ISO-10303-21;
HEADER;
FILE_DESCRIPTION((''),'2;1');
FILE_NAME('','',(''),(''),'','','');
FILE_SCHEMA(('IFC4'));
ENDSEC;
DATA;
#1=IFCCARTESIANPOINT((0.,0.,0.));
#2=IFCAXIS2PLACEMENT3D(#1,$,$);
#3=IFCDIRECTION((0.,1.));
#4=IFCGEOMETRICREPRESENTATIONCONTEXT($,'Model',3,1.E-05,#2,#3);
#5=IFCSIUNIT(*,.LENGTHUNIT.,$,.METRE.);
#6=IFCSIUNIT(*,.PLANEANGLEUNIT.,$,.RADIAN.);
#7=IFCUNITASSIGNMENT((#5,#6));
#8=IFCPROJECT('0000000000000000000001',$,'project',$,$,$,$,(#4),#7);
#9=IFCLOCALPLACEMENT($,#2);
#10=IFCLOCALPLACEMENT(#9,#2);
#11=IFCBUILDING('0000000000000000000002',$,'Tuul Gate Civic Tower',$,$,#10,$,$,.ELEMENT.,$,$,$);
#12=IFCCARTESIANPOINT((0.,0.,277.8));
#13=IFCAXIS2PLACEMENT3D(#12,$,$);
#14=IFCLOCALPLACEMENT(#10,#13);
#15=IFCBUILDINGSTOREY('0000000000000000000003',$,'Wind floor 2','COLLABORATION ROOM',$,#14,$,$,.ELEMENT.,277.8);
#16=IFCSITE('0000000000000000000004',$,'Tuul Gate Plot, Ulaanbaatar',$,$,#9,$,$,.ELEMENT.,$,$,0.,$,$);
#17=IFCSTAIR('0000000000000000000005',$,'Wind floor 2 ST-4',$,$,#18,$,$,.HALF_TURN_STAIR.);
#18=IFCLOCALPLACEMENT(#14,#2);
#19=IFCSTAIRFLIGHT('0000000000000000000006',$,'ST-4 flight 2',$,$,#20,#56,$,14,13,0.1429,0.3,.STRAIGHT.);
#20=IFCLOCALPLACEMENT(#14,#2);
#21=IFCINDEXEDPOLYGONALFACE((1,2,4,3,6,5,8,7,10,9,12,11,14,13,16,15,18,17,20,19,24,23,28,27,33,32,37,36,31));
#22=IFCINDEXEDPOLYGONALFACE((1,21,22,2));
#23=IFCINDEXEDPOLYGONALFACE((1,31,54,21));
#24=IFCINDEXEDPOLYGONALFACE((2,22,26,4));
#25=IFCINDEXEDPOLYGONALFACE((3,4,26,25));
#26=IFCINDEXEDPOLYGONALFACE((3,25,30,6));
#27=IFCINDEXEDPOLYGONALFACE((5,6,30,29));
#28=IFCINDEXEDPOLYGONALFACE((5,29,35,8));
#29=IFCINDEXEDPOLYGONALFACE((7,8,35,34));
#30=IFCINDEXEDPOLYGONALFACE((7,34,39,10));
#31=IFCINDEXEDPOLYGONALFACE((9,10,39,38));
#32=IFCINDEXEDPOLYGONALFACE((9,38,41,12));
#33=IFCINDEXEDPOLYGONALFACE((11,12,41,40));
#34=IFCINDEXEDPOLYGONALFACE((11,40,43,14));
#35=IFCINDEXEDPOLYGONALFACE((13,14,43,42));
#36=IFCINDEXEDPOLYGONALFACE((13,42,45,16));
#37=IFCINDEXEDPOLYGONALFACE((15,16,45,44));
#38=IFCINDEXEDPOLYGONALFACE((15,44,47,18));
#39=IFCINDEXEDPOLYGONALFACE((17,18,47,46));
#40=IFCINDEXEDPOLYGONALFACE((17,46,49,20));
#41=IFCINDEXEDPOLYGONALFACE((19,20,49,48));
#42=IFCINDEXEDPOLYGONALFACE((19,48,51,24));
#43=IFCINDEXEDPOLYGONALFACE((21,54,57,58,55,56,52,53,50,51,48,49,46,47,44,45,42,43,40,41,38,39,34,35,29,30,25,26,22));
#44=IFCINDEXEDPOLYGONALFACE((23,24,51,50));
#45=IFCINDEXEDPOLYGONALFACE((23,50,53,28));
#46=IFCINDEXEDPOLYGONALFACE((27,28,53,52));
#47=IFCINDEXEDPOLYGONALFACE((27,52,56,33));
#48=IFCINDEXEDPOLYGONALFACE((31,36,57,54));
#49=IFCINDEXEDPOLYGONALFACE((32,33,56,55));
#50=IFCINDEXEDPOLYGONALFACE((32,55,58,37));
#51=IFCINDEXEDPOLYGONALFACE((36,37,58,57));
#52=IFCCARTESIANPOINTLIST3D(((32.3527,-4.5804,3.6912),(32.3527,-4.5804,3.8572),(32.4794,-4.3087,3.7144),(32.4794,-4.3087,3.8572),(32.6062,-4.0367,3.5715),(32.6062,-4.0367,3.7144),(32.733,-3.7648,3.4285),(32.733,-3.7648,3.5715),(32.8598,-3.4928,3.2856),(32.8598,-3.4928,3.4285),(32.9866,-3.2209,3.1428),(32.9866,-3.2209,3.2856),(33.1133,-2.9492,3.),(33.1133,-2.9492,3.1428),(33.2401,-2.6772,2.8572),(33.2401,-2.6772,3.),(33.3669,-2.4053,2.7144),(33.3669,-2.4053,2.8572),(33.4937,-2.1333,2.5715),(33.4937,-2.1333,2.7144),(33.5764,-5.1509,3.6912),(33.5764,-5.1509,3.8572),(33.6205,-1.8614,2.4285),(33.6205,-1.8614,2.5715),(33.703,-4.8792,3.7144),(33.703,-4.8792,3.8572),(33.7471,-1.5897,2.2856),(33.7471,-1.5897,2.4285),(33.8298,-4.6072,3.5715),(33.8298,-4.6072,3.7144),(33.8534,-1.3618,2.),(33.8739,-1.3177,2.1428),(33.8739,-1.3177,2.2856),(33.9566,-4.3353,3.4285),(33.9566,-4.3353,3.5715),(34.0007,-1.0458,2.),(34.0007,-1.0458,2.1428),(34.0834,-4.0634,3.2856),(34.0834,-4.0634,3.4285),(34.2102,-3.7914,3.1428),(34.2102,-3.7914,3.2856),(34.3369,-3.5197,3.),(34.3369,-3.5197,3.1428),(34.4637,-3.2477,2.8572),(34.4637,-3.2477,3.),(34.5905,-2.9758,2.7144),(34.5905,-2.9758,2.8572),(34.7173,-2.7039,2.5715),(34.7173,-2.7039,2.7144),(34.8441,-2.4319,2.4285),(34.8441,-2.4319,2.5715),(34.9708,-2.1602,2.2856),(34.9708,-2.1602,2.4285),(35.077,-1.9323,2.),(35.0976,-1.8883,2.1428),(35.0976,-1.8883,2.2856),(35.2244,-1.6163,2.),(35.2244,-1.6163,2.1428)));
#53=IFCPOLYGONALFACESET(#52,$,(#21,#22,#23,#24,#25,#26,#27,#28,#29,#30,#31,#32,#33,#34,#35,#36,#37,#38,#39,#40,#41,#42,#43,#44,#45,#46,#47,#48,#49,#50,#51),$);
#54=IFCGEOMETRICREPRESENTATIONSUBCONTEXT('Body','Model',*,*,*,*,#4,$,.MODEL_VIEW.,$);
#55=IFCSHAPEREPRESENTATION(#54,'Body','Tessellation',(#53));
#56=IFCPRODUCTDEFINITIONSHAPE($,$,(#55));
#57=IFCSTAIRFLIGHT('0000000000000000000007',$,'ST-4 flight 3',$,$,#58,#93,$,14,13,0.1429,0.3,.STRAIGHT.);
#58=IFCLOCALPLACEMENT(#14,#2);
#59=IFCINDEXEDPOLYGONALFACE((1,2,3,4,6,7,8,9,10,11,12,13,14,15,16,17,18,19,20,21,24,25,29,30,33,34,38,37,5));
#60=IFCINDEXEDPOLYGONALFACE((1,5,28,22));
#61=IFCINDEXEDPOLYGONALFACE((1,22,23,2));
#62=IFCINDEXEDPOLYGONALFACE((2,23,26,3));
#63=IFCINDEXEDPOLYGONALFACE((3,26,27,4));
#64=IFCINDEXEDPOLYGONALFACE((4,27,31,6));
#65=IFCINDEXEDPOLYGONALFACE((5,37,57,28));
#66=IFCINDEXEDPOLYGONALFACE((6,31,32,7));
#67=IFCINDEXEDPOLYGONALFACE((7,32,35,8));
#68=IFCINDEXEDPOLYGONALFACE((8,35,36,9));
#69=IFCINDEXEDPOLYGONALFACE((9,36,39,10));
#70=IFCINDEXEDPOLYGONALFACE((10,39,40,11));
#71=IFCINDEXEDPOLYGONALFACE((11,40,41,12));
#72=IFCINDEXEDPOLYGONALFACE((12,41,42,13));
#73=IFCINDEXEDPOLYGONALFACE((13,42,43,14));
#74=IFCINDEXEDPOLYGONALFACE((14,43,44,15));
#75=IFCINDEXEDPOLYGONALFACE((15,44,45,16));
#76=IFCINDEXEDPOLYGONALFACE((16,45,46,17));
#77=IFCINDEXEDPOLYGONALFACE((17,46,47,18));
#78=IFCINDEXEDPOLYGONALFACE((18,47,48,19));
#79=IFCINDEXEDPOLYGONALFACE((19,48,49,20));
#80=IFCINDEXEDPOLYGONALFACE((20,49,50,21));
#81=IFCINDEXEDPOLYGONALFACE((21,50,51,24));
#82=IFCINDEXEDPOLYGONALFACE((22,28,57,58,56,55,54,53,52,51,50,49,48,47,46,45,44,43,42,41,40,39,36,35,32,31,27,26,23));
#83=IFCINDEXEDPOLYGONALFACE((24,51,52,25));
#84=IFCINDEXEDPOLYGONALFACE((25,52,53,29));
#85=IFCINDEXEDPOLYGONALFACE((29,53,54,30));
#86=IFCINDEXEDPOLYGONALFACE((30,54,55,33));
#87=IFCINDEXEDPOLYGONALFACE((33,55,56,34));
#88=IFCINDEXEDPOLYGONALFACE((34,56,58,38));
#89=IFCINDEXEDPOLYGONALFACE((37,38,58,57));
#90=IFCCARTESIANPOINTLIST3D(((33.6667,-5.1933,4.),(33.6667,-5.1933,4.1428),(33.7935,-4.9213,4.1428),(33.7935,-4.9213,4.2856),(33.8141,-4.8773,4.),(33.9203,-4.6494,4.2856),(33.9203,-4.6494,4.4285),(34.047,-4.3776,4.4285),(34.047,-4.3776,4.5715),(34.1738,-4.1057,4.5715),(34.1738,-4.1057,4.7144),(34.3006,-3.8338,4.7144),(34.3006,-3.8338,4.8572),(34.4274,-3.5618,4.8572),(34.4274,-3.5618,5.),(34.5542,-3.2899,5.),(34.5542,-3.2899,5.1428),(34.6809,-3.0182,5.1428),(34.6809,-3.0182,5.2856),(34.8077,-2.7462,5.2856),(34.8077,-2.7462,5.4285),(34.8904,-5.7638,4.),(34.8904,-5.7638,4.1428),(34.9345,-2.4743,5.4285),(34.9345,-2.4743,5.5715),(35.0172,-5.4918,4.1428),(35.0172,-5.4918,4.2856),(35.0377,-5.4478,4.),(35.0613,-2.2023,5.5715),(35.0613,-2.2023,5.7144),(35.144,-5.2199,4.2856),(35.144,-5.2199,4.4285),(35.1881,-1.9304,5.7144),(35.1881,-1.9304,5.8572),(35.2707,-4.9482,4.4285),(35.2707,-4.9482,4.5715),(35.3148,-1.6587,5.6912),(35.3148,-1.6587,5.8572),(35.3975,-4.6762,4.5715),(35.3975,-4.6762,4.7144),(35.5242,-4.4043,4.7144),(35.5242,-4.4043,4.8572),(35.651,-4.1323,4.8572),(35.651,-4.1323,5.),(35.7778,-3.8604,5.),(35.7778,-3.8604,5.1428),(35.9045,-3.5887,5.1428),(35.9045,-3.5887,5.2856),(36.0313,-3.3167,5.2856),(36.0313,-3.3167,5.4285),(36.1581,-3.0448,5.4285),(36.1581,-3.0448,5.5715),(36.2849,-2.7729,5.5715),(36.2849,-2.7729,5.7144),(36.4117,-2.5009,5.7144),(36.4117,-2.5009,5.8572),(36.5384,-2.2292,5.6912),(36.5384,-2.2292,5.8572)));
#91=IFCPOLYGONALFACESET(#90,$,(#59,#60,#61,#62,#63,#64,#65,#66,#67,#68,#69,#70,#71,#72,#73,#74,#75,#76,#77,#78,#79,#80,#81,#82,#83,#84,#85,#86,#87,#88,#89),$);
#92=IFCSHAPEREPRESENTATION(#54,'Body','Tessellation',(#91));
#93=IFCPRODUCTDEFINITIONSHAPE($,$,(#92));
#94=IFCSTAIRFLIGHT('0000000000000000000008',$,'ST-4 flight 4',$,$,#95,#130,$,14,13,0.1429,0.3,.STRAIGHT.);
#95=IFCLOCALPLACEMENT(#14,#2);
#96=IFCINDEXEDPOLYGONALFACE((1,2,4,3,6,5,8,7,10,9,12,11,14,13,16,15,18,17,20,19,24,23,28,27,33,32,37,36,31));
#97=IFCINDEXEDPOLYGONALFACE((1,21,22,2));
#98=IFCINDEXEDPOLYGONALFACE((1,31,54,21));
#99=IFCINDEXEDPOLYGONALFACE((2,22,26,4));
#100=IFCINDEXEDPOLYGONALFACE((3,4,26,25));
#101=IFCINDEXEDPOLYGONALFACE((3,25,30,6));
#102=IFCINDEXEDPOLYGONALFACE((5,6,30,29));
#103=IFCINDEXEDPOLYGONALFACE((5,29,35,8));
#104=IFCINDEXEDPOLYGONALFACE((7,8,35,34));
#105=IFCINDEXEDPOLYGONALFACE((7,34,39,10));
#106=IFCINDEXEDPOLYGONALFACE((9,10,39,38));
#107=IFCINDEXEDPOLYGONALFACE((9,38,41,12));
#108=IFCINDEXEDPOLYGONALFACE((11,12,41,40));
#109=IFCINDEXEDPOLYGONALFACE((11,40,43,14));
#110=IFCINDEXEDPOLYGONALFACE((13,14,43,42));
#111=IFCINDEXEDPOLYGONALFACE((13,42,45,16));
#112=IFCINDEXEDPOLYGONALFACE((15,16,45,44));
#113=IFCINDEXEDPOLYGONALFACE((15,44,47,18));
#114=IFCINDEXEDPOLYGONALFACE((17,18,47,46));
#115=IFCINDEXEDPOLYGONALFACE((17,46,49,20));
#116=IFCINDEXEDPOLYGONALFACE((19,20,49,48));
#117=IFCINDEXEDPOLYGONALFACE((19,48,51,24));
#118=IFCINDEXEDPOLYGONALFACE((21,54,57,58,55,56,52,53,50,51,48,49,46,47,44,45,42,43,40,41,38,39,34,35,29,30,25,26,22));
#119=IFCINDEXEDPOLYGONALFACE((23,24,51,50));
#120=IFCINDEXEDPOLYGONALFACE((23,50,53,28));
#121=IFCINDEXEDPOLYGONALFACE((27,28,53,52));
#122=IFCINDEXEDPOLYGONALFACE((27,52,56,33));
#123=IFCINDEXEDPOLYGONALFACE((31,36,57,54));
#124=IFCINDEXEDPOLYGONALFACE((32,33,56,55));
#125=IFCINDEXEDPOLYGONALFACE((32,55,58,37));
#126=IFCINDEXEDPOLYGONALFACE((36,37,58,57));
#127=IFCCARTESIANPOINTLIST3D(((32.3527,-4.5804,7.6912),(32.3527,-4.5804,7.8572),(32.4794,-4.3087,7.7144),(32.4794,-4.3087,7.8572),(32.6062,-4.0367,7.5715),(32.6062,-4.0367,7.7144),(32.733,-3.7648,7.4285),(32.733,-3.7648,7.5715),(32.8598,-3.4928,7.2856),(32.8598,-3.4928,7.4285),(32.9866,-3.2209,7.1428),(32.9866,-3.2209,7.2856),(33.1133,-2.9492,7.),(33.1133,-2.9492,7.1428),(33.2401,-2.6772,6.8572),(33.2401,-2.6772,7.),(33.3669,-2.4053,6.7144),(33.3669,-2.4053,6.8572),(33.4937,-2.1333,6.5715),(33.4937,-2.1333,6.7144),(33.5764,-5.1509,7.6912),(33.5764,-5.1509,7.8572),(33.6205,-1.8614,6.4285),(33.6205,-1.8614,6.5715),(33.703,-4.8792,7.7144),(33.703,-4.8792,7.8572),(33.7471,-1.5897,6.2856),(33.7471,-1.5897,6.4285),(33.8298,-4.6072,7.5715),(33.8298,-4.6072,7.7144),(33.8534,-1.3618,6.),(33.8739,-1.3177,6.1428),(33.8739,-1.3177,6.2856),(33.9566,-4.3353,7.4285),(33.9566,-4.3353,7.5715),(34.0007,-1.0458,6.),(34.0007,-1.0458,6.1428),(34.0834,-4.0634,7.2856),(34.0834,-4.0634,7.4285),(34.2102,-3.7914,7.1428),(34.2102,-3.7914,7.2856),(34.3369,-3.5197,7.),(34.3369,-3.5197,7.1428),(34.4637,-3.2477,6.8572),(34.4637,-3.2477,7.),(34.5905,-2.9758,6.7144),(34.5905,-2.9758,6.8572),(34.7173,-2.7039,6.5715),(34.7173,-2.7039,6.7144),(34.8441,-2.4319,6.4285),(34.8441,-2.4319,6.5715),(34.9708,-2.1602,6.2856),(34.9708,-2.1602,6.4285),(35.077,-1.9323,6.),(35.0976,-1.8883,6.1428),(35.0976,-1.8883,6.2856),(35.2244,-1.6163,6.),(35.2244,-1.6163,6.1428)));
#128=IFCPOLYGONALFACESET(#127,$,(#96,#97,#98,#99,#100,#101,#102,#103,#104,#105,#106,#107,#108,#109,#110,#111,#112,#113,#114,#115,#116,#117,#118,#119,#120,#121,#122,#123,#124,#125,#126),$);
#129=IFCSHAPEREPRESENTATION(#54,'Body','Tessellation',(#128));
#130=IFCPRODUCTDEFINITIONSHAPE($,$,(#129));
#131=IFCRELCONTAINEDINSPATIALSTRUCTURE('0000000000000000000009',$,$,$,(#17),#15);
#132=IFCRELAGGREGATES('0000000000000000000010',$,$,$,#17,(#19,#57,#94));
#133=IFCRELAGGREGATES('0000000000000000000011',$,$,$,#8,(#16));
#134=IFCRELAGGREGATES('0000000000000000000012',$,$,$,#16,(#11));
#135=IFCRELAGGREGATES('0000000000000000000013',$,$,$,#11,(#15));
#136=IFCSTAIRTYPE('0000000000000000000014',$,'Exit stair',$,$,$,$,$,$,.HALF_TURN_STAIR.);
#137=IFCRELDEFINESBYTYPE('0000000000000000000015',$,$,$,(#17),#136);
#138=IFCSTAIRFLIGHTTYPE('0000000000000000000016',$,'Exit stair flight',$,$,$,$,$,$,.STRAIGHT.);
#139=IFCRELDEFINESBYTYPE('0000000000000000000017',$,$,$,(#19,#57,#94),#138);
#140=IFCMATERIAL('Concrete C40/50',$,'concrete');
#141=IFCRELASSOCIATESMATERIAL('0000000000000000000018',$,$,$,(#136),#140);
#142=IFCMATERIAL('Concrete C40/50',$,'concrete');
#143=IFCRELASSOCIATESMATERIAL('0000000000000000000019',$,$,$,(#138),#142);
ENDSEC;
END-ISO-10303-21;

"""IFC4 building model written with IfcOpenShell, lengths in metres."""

from ifc_helpers import new_model, si_unit, direction, frame, origin, place, context, subcontext, project, spatial, polyline, outline, extrude, material, type_object, element, aggregate, save


model = new_model("IFC4")

# Units and contexts
model_context = context("Model", 3, precision=1e-05, world=origin(), true_north=direction((0.0, 1.0)))
body_context = subcontext(model_context, "Body", "Model", "MODEL_VIEW")
ifc_project = project(units=[si_unit("LENGTHUNIT", "METRE"), si_unit("PLANEANGLEUNIT", "RADIAN")], contexts=[model_context])

# Site, building, storey
site_placement = place(None, origin())
site = spatial("IfcSite", under=ifc_project, at=site_placement, Name="Tuul Gate Plot, Ulaanbaatar", CompositionType="ELEMENT", RefElevation=0.0)
building_placement = place(site_placement, origin())
building = spatial("IfcBuilding", under=site, at=building_placement, Name="Tuul Gate Civic Tower", CompositionType="ELEMENT")
storey_placement = place(building_placement, frame((0.0, 0.0, 277.8)))
storey = spatial("IfcBuildingStorey", under=building, at=storey_placement, Name="Wind floor 2", Description="COLLABORATION ROOM", CompositionType="ELEMENT", Elevation=277.8)

# Stair, stair flights
ifc_material_1 = material(Name="Concrete C40/50", Category="concrete")
stair_type = type_object("IfcStairType", Name="Exit stair", PredefinedType="HALF_TURN_STAIR", material=ifc_material_1)
stair_placement = place(storey_placement, origin())
stair = element("IfcStair", 1, at=stair_placement, inside=storey, type_object=stair_type, Name="Wind floor 2 ST-4", PredefinedType="HALF_TURN_STAIR")
ifc_material_2 = material(Name="Concrete C40/50", Category="concrete")
stair_flight_type = type_object("IfcStairFlightType", Name="Exit stair flight", PredefinedType="STRAIGHT", material=ifc_material_2)
stair_flight_1_placement = place(storey_placement, frame((34.6125, -1.3311, 2.0), z_axis=(0.0, 0.0, 1.0), x_axis=(-0.422576, -0.906327, 0.0)))
stair_flight_1 = element("IfcStairFlight", 2, at=stair_flight_1_placement, type_object=stair_flight_type, Name="ST-4 flight 2", NumberOfRisers=14, NumberOfTreads=13, PredefinedType="STRAIGHT", RiserHeight=0.1429, TreadLength=0.3, context=body_context, shape_type="SweptSolid", body=[
    extrude(outline(polyline([(0.0, 0.0), (0.0, 0.1428), (0.3, 0.1428), (0.3, 0.2856), (0.6001, 0.2856), (0.6001, 0.4285), (0.8999, 0.4285), (0.8999, 0.5715), (1.2, 0.5715), (1.2, 0.7144), (1.5, 0.7144), (1.5, 0.8572), (1.8, 0.8572), (1.8, 1.0), (2.1001, 1.0), (2.1001, 1.1428), (2.3999, 1.1428), (2.3999, 1.2856), (2.7, 1.2856), (2.7, 1.4285), (3.0, 1.4285), (3.0, 1.5715), (3.3, 1.5715), (3.3, 1.7144), (3.6001, 1.7144), (3.6001, 1.8572), (3.8999, 1.8572), (3.8999, 2.0), (3.8999, 1.6912), (0.3486, 0.0), (0.0, 0.0)])), frame((0.0, 0.675, 0.0), z_axis=(0.0, -1.0, 0.0), x_axis=(1.0, 0.0, 0.0)), (0.0, 0.0, 1.0), 1.3501),
])
stair_flight_2_placement = place(storey_placement, frame((34.2786, -5.4785, 4.0), z_axis=(0.0, 0.0, 1.0), x_axis=(0.422576, 0.906327, 0.0)))
stair_flight_2 = element("IfcStairFlight", 3, at=stair_flight_2_placement, type_object=stair_flight_type, Name="ST-4 flight 3", NumberOfRisers=14, NumberOfTreads=13, PredefinedType="STRAIGHT", RiserHeight=0.1429, TreadLength=0.3, context=body_context, shape_type="SweptSolid", body=[
    extrude(outline(polyline([(0.0, 0.0), (0.0, 0.1428), (0.3, 0.1428), (0.3, 0.2856), (0.6001, 0.2856), (0.6001, 0.4285), (0.8999, 0.4285), (0.8999, 0.5715), (1.2, 0.5715), (1.2, 0.7144), (1.5, 0.7144), (1.5, 0.8572), (1.8, 0.8572), (1.8, 1.0), (2.1001, 1.0), (2.1001, 1.1428), (2.3999, 1.1428), (2.3999, 1.2856), (2.7, 1.2856), (2.7, 1.4285), (3.0, 1.4285), (3.0, 1.5715), (3.3, 1.5715), (3.3, 1.7144), (3.6001, 1.7144), (3.6001, 1.8572), (3.8999, 1.8572), (3.8999, 2.0), (3.8999, 1.6912), (0.3486, 0.0), (0.0, 0.0)])), frame((0.0, 0.675, 0.0), z_axis=(0.0, -1.0, 0.0), x_axis=(1.0, 0.0, 0.0)), (0.0, 0.0, 1.0), 1.3501),
])
stair_flight_3_placement = place(storey_placement, frame((34.6125, -1.3311, 6.0), z_axis=(0.0, 0.0, 1.0), x_axis=(-0.422576, -0.906327, 0.0)))
stair_flight_3 = element("IfcStairFlight", 4, at=stair_flight_3_placement, type_object=stair_flight_type, Name="ST-4 flight 4", NumberOfRisers=14, NumberOfTreads=13, PredefinedType="STRAIGHT", RiserHeight=0.1429, TreadLength=0.3, context=body_context, shape_type="SweptSolid", body=[
    extrude(outline(polyline([(0.0, 0.0), (0.0, 0.1428), (0.3, 0.1428), (0.3, 0.2856), (0.6001, 0.2856), (0.6001, 0.4285), (0.8999, 0.4285), (0.8999, 0.5715), (1.2, 0.5715), (1.2, 0.7144), (1.5, 0.7144), (1.5, 0.8572), (1.8, 0.8572), (1.8, 1.0), (2.1001, 1.0), (2.1001, 1.1428), (2.3999, 1.1428), (2.3999, 1.2856), (2.7, 1.2856), (2.7, 1.4285), (3.0, 1.4285), (3.0, 1.5715), (3.3, 1.5715), (3.3, 1.7144), (3.6001, 1.7144), (3.6001, 1.8572), (3.8999, 1.8572), (3.8999, 2.0), (3.8999, 1.6912), (0.3486, 0.0), (0.0, 0.0)])), frame((0.0, 0.675, 0.0), z_axis=(0.0, -1.0, 0.0), x_axis=(1.0, 0.0, 0.0)), (0.0, 0.0, 1.0), 1.3501),
])
aggregate(stair, [stair_flight_1, stair_flight_2, stair_flight_3])

save(model, "model.ifc")
